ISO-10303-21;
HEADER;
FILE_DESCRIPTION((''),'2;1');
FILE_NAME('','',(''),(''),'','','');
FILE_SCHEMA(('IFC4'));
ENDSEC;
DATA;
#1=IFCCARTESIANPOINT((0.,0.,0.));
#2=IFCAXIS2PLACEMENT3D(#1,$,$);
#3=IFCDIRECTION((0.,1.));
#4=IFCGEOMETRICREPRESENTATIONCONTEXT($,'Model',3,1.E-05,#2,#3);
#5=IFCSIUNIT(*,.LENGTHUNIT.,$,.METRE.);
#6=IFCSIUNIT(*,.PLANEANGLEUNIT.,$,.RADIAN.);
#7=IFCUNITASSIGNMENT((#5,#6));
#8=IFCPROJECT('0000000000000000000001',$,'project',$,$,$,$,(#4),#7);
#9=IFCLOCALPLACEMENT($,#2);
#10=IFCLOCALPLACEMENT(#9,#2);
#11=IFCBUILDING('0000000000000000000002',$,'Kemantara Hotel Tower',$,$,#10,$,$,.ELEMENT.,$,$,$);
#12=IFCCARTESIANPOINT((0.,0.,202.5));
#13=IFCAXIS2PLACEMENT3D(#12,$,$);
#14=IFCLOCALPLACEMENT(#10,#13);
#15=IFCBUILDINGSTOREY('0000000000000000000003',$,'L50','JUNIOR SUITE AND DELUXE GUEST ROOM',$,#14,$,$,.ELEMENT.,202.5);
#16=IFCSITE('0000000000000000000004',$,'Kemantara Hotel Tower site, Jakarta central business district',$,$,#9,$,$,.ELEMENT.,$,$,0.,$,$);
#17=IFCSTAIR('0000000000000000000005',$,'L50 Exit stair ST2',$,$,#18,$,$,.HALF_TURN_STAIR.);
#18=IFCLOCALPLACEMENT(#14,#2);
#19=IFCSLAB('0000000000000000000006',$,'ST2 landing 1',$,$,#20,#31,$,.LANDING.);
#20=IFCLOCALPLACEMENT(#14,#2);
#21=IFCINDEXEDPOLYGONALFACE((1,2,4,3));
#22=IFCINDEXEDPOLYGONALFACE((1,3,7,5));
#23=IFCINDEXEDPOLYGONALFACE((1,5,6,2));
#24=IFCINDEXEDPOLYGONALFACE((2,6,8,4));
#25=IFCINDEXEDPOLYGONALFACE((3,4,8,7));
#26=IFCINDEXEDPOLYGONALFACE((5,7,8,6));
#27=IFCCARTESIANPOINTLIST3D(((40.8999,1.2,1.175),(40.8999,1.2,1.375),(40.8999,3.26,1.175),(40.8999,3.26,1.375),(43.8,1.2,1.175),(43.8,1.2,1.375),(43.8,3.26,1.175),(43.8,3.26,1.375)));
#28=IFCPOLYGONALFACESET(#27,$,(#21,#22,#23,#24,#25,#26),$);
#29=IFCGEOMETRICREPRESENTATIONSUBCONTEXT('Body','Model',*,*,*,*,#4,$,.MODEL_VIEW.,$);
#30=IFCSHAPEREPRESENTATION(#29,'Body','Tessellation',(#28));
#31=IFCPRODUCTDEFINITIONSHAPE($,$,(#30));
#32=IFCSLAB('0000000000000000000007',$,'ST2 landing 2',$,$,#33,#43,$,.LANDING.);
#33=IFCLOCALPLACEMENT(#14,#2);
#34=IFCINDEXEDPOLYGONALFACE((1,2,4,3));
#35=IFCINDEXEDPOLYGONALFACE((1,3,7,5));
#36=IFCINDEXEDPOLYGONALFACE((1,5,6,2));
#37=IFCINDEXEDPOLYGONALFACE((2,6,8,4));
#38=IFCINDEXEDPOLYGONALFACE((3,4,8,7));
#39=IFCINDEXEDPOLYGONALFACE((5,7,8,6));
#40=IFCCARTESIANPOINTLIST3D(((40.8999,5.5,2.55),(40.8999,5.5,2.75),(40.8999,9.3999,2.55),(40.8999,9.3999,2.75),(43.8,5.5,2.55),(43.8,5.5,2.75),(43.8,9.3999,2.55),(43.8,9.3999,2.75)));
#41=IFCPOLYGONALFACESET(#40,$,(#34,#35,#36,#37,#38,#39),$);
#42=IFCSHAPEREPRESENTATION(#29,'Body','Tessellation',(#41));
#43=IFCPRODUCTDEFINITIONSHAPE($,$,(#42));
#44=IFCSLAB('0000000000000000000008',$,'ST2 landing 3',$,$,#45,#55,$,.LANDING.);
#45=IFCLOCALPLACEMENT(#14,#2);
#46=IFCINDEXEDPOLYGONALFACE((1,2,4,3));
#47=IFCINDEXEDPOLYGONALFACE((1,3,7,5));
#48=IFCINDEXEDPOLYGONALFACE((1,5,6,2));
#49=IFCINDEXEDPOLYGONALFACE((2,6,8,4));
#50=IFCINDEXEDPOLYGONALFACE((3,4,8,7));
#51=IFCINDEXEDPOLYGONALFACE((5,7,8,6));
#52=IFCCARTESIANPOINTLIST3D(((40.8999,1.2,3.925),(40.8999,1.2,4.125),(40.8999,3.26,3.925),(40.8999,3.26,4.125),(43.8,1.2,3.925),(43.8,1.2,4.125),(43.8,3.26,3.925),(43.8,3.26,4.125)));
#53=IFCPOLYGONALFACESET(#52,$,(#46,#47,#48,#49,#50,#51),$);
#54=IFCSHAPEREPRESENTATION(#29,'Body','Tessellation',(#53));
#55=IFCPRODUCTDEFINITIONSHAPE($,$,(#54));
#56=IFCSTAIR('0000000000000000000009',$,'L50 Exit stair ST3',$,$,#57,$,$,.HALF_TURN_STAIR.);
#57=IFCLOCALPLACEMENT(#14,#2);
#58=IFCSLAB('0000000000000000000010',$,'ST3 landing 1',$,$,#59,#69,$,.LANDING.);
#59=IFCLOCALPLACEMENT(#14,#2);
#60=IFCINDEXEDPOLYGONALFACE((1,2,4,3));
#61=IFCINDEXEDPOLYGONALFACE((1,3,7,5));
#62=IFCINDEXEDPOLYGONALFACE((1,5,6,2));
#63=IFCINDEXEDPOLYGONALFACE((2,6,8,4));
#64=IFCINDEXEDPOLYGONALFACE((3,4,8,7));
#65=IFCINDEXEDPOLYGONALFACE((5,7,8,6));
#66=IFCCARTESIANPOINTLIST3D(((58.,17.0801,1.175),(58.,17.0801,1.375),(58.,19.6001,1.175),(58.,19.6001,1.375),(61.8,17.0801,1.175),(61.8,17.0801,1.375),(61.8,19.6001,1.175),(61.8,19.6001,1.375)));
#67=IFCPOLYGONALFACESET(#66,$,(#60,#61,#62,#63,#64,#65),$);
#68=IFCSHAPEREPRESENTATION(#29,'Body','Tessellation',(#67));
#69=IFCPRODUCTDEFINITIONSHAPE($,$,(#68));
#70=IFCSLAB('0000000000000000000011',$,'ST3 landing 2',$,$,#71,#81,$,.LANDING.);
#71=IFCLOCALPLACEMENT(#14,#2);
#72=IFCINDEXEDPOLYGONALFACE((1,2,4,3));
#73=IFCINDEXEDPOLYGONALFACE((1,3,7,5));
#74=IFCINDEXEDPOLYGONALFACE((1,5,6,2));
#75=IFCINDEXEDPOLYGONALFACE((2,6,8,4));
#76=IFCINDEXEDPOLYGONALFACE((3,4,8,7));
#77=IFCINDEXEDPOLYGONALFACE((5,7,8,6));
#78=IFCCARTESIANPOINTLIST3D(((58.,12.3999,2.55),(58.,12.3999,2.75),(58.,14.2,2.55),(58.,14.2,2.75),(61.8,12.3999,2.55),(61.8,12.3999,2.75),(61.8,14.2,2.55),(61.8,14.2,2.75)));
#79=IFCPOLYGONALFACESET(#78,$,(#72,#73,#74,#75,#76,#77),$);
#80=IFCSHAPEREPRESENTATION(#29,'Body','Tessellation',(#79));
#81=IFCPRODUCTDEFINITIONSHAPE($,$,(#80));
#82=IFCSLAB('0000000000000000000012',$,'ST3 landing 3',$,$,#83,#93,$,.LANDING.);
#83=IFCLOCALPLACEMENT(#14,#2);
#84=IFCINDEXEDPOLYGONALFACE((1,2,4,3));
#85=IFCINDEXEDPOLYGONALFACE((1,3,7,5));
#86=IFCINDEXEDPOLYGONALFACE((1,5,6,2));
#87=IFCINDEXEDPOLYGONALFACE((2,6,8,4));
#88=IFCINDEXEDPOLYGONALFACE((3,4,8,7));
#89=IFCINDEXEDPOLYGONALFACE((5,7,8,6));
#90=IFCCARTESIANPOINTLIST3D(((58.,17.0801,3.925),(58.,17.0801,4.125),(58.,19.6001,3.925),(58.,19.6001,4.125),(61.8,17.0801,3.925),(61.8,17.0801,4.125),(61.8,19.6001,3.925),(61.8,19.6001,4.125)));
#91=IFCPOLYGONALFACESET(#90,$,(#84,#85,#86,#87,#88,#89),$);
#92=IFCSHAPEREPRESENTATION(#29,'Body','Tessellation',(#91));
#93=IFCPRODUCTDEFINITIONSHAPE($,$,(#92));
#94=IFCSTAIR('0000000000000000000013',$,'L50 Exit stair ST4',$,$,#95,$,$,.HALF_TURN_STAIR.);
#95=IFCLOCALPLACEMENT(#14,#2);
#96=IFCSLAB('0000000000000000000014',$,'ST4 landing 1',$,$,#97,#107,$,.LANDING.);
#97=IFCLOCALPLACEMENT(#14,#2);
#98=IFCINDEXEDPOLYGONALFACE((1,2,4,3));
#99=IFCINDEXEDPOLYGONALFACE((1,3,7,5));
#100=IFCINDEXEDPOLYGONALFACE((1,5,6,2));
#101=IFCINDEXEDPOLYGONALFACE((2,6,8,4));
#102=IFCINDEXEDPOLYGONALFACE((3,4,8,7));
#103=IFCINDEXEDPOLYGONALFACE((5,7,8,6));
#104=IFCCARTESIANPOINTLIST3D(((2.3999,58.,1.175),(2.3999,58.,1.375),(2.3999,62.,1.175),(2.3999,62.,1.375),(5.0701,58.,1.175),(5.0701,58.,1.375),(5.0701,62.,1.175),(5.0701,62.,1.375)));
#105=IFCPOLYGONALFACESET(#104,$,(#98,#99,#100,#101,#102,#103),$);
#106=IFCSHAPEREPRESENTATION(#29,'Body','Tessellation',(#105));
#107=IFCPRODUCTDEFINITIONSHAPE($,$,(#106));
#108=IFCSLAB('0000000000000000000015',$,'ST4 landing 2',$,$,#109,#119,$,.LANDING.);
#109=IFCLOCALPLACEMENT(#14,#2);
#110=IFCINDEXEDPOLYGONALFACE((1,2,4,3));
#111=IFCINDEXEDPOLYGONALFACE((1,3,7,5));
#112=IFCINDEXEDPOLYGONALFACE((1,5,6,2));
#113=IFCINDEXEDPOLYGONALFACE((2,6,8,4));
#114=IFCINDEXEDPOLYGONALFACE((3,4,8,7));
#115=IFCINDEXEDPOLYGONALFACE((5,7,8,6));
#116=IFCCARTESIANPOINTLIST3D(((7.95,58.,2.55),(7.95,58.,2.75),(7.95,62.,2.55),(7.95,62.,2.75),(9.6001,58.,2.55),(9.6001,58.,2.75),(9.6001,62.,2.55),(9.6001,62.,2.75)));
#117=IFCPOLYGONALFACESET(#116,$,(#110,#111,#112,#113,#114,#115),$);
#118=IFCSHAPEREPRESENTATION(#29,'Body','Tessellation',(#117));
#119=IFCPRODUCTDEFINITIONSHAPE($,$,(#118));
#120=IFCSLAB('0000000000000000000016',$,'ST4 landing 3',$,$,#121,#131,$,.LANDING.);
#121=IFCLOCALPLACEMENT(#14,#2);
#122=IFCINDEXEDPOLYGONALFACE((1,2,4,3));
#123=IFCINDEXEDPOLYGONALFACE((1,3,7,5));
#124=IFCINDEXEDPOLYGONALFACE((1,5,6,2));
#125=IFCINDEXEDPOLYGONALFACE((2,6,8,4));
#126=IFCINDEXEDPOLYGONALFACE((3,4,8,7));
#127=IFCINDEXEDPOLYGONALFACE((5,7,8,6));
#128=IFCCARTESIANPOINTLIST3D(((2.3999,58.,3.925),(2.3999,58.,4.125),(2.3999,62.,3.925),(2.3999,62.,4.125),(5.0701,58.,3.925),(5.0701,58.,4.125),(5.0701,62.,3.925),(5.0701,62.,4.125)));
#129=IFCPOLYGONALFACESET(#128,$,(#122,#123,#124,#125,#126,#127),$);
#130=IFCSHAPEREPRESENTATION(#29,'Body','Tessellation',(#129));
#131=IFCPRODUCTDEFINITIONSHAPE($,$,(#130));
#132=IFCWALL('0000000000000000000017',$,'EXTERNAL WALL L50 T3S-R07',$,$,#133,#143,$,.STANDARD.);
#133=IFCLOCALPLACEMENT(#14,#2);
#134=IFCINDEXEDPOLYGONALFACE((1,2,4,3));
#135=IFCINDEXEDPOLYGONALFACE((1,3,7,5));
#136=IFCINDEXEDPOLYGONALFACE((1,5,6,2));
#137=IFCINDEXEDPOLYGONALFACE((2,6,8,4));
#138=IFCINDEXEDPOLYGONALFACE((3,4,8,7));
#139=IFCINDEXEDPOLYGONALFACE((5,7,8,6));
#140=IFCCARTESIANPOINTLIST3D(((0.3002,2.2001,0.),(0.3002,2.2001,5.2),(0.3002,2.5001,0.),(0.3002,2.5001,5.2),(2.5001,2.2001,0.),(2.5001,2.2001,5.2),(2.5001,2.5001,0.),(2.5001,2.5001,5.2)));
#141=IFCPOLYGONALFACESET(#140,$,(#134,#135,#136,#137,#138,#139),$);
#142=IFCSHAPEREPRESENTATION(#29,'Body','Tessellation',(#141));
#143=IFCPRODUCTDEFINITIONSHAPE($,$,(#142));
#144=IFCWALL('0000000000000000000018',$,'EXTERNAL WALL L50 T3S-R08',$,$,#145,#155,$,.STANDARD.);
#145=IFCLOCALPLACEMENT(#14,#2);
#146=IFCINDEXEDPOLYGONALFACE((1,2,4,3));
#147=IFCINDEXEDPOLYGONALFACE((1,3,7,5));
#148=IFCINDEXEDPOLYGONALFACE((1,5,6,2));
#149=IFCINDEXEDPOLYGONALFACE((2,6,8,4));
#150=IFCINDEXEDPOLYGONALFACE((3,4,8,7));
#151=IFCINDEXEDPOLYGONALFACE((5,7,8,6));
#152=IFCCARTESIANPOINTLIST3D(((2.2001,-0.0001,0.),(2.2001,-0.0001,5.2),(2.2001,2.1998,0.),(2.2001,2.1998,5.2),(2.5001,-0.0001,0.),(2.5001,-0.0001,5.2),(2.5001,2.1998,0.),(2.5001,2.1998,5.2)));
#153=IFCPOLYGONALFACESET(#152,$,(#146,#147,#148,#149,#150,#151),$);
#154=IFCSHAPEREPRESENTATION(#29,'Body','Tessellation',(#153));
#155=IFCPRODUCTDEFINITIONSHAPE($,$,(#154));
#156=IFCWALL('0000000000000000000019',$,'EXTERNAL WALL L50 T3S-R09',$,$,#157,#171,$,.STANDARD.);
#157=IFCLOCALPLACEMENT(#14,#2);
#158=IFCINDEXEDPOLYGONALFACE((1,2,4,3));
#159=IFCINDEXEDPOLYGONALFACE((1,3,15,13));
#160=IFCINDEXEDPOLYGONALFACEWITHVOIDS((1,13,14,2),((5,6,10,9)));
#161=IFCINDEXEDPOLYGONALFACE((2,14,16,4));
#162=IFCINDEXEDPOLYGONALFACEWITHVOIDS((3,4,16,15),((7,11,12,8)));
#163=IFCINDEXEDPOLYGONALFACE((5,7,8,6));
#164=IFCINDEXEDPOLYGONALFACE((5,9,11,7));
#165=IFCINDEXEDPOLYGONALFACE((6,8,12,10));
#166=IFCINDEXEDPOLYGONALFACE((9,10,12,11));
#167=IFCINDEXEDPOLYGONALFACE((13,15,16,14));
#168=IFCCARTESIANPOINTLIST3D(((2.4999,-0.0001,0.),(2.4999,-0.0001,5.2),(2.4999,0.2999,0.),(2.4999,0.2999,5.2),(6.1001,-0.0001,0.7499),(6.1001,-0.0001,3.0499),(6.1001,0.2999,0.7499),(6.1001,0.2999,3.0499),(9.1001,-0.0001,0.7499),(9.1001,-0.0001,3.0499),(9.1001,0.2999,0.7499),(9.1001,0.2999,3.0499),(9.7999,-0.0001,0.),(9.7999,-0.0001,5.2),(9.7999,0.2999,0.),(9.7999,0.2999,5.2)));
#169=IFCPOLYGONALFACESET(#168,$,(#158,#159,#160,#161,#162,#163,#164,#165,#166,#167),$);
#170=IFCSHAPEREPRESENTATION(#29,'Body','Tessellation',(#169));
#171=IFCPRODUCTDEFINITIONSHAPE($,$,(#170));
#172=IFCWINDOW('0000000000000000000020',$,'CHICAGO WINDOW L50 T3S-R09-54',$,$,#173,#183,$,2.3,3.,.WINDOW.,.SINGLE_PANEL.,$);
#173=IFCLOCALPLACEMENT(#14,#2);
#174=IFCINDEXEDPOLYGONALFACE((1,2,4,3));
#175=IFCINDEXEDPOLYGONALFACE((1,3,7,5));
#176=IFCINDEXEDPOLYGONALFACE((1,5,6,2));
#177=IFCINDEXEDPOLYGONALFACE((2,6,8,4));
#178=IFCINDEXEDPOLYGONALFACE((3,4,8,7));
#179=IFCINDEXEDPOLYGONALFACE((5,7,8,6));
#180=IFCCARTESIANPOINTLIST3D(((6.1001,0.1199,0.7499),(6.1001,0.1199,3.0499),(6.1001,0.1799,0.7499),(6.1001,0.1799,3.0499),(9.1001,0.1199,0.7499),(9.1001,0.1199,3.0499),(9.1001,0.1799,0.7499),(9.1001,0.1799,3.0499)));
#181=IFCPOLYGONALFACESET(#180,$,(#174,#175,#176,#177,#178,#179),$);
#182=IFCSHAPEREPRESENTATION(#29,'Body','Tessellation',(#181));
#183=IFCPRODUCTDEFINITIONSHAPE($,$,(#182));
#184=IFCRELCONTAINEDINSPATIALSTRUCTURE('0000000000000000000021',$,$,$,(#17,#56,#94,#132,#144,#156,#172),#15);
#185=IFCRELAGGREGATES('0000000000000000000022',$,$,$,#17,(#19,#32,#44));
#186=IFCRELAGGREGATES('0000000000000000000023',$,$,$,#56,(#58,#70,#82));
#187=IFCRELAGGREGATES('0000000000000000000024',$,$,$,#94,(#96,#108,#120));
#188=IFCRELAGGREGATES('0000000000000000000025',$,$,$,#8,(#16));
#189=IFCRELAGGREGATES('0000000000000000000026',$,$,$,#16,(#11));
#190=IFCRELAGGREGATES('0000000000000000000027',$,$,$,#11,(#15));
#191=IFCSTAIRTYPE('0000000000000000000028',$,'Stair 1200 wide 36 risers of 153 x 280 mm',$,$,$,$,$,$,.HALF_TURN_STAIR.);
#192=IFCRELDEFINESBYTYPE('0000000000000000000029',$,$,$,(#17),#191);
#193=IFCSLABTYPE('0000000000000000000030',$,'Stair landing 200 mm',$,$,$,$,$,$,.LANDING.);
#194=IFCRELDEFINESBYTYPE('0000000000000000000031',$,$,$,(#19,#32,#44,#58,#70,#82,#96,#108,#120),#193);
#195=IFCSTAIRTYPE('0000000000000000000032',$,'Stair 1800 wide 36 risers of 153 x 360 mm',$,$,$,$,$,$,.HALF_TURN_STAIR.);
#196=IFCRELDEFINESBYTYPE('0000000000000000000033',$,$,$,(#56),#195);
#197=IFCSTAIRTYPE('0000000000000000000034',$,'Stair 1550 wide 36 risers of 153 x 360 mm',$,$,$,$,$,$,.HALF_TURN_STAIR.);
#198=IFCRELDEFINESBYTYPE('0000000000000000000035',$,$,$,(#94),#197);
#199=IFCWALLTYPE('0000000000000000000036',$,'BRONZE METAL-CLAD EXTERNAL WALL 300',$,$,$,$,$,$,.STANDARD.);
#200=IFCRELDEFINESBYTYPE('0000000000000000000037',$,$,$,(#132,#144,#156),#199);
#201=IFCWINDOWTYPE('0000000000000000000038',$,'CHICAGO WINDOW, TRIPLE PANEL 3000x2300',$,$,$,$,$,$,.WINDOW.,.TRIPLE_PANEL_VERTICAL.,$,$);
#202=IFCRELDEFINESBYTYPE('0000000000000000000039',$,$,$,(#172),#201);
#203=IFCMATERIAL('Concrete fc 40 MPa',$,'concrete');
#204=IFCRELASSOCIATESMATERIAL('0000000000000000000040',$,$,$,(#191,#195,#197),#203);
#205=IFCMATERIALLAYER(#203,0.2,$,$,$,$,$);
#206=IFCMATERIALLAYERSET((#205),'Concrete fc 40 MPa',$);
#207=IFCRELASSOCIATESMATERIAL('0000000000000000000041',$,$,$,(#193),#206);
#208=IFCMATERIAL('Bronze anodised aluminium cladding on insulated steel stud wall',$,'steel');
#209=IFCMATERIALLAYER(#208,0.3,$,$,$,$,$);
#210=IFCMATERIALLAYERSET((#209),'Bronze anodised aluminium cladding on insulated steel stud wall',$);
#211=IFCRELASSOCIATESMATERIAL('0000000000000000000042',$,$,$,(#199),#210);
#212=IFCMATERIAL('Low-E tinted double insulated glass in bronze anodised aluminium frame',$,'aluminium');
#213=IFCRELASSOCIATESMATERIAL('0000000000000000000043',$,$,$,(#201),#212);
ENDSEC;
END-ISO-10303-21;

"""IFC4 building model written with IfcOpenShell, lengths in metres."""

from ifc_helpers import new_model, si_unit, direction, frame, frame_2d, origin, place, context, subcontext, project, spatial, polyline, rectangle, outline, extrude, material, layer, layer_set, type_object, element, fill, aggregate, save


model = new_model("IFC4")

# Units and contexts
model_context = context("Model", 3, precision=1e-05, world=origin(), true_north=direction((0.0, 1.0)))
body_context = subcontext(model_context, "Body", "Model", "MODEL_VIEW")
ifc_project = project(units=[si_unit("LENGTHUNIT", "METRE"), si_unit("PLANEANGLEUNIT", "RADIAN")], contexts=[model_context])

# Site, building, storey
site_placement = place(None, origin())
site = spatial("IfcSite", under=ifc_project, at=site_placement, Name="Kemantara Hotel Tower site, Jakarta central business district", CompositionType="ELEMENT", RefElevation=0.0)
building_placement = place(site_placement, origin())
building = spatial("IfcBuilding", under=site, at=building_placement, Name="Kemantara Hotel Tower", CompositionType="ELEMENT")
storey_placement = place(building_placement, frame((0.0, 0.0, 202.5)))
storey = spatial("IfcBuildingStorey", under=building, at=storey_placement, Name="L50", Description="JUNIOR SUITE AND DELUXE GUEST ROOM", CompositionType="ELEMENT", Elevation=202.5)

# Shared definitions
ifc_material_1 = material(Name="Concrete fc 40 MPa", Category="concrete")

# Stairs, slabs
stair_type_1 = type_object("IfcStairType", Name="Stair 1200 wide 36 risers of 153 x 280 mm", PredefinedType="HALF_TURN_STAIR", material=ifc_material_1)
ifc_layer_1 = layer(ifc_material_1, 0.2)
ifc_layer_set_1 = layer_set([ifc_layer_1], Name="Concrete fc 40 MPa")
slab_type_1 = type_object("IfcSlabType", Name="Stair landing 200 mm", PredefinedType="LANDING", material=ifc_layer_set_1)
stair_1_placement = place(storey_placement, origin())
stair_1 = element("IfcStair", 1, at=stair_1_placement, inside=storey, type_object=stair_type_1, Name="L50 Exit stair ST2", PredefinedType="HALF_TURN_STAIR")
slab_1_placement = place(storey_placement, frame((0.0, 0.0, 1.175)))
slab_1 = element("IfcSlab", 2, at=slab_1_placement, type_object=slab_type_1, Name="ST2 landing 1", PredefinedType="LANDING", context=body_context, shape_type="SweptSolid", body=[
    extrude(outline(polyline([(40.8999, 3.26), (40.8999, 1.2), (43.8, 1.2), (43.8, 3.26), (40.8999, 3.26)])), origin(), (0.0, 0.0, 1.0), 0.2),
])
slab_2_placement = place(storey_placement, frame((0.0, 0.0, 2.55)))
slab_2 = element("IfcSlab", 3, at=slab_2_placement, type_object=slab_type_1, Name="ST2 landing 2", PredefinedType="LANDING", context=body_context, shape_type="SweptSolid", body=[
    extrude(outline(polyline([(40.8999, 9.3999), (40.8999, 5.5), (43.8, 5.5), (43.8, 9.3999), (40.8999, 9.3999)])), origin(), (0.0, 0.0, 1.0), 0.2),
])
slab_3_placement = place(storey_placement, frame((0.0, 0.0, 3.925)))
slab_3 = element("IfcSlab", 4, at=slab_3_placement, type_object=slab_type_1, Name="ST2 landing 3", PredefinedType="LANDING", context=body_context, shape_type="SweptSolid", body=[
    extrude(outline(polyline([(40.8999, 3.26), (40.8999, 1.2), (43.8, 1.2), (43.8, 3.26), (40.8999, 3.26)])), origin(), (0.0, 0.0, 1.0), 0.2),
])
aggregate(stair_1, [slab_1, slab_2, slab_3])
stair_type_2 = type_object("IfcStairType", Name="Stair 1800 wide 36 risers of 153 x 360 mm", PredefinedType="HALF_TURN_STAIR", material=ifc_material_1)
stair_2_placement = place(storey_placement, origin())
stair_2 = element("IfcStair", 5, at=stair_2_placement, inside=storey, type_object=stair_type_2, Name="L50 Exit stair ST3", PredefinedType="HALF_TURN_STAIR")
slab_4_placement = place(storey_placement, frame((0.0, 0.0, 1.175)))
slab_4 = element("IfcSlab", 6, at=slab_4_placement, type_object=slab_type_1, Name="ST3 landing 1", PredefinedType="LANDING", context=body_context, shape_type="SweptSolid", body=[
    extrude(outline(polyline([(61.8, 17.0801), (61.8, 19.6001), (58.0, 19.6001), (58.0, 17.0801), (61.8, 17.0801)])), origin(), (0.0, 0.0, 1.0), 0.2),
])
slab_5_placement = place(storey_placement, frame((0.0, 0.0, 2.55)))
slab_5 = element("IfcSlab", 7, at=slab_5_placement, type_object=slab_type_1, Name="ST3 landing 2", PredefinedType="LANDING", context=body_context, shape_type="SweptSolid", body=[
    extrude(outline(polyline([(61.8, 12.3999), (61.8, 14.2), (58.0, 14.2), (58.0, 12.3999), (61.8, 12.3999)])), origin(), (0.0, 0.0, 1.0), 0.2),
])
slab_6_placement = place(storey_placement, frame((0.0, 0.0, 3.925)))
slab_6 = element("IfcSlab", 8, at=slab_6_placement, type_object=slab_type_1, Name="ST3 landing 3", PredefinedType="LANDING", context=body_context, shape_type="SweptSolid", body=[
    extrude(outline(polyline([(61.8, 17.0801), (61.8, 19.6001), (58.0, 19.6001), (58.0, 17.0801), (61.8, 17.0801)])), origin(), (0.0, 0.0, 1.0), 0.2),
])
aggregate(stair_2, [slab_4, slab_5, slab_6])
stair_type_3 = type_object("IfcStairType", Name="Stair 1550 wide 36 risers of 153 x 360 mm", PredefinedType="HALF_TURN_STAIR", material=ifc_material_1)
stair_3_placement = place(storey_placement, origin())
stair_3 = element("IfcStair", 9, at=stair_3_placement, inside=storey, type_object=stair_type_3, Name="L50 Exit stair ST4", PredefinedType="HALF_TURN_STAIR")
slab_7_placement = place(storey_placement, frame((0.0, 0.0, 1.175)))
slab_7 = element("IfcSlab", 10, at=slab_7_placement, type_object=slab_type_1, Name="ST4 landing 1", PredefinedType="LANDING", context=body_context, shape_type="SweptSolid", body=[
    extrude(outline(polyline([(5.0701, 62.0), (2.3999, 62.0), (2.3999, 58.0), (5.0701, 58.0), (5.0701, 62.0)])), origin(), (0.0, 0.0, 1.0), 0.2),
])
slab_8_placement = place(storey_placement, frame((0.0, 0.0, 2.55)))
slab_8 = element("IfcSlab", 11, at=slab_8_placement, type_object=slab_type_1, Name="ST4 landing 2", PredefinedType="LANDING", context=body_context, shape_type="SweptSolid", body=[
    extrude(outline(polyline([(9.6001, 62.0), (7.95, 62.0), (7.95, 58.0), (9.6001, 58.0), (9.6001, 62.0)])), origin(), (0.0, 0.0, 1.0), 0.2),
])
slab_9_placement = place(storey_placement, frame((0.0, 0.0, 3.925)))
slab_9 = element("IfcSlab", 12, at=slab_9_placement, type_object=slab_type_1, Name="ST4 landing 3", PredefinedType="LANDING", context=body_context, shape_type="SweptSolid", body=[
    extrude(outline(polyline([(5.0701, 62.0), (2.3999, 62.0), (2.3999, 58.0), (5.0701, 58.0), (5.0701, 62.0)])), origin(), (0.0, 0.0, 1.0), 0.2),
])
aggregate(stair_3, [slab_7, slab_8, slab_9])

# Walls
ifc_material_2 = material(Name="Bronze anodised aluminium cladding on insulated steel stud wall", Category="steel")
ifc_layer_2 = layer(ifc_material_2, 0.3)
ifc_layer_set_2 = layer_set([ifc_layer_2], Name="Bronze anodised aluminium cladding on insulated steel stud wall")
wall_type = type_object("IfcWallType", Name="BRONZE METAL-CLAD EXTERNAL WALL 300", PredefinedType="STANDARD", material=ifc_layer_set_2)
for number, where, z_axis, x_axis, name in (
    (13, (0.3, 2.3501, 0.0), (0.0, 0.0, 1.0), (1.0, 0.0, 0.0), "EXTERNAL WALL L50 T3S-R07"),
    (14, (2.3501, 2.2, 0.0), (0.0, 0.0, 1.0), (0.0, -1.0, 0.0), "EXTERNAL WALL L50 T3S-R08"),
):
    element("IfcWall", number, at=place(storey_placement, frame(where, z_axis=z_axis, x_axis=x_axis)), inside=storey, type_object=wall_type, Name=name, PredefinedType="STANDARD", context=body_context, shape_type="SweptSolid", body=[
        extrude(rectangle(XDim=2.2, YDim=0.3, at=frame_2d((1.1001, 0.0))), origin(), (0.0, 0.0, 1.0), 5.2),
    ])

# Wall, opening, window
wall_placement = place(storey_placement, frame((2.5, 0.1499, 0.0), z_axis=(0.0, 0.0, 1.0), x_axis=(1.0, 0.0, 0.0)))
wall = element("IfcWall", 15, at=wall_placement, inside=storey, type_object=wall_type, Name="EXTERNAL WALL L50 T3S-R09", PredefinedType="STANDARD", context=body_context, shape_type="SweptSolid", body=[
    extrude(rectangle(XDim=7.3, YDim=0.3, at=frame_2d((3.6499, 0.0))), origin(), (0.0, 0.0, 1.0), 5.2),
])
opening_placement = place(wall_placement, frame((3.6001, 0.0, 0.75)))
opening = element("IfcOpeningElement", 16, at=opening_placement, cuts=wall, PredefinedType="OPENING", context=body_context, shape_type="SweptSolid", body=[
    extrude(rectangle(XDim=3.0, YDim=2.3, at=frame_2d((1.5, 1.1499))), frame((0.0, 0.1599, 0.0), z_axis=(0.0, -1.0, 0.0), x_axis=(1.0, 0.0, 0.0)), (0.0, 0.0, 1.0), 0.3201),
])
ifc_material_3 = material(Name="Low-E tinted double insulated glass in bronze anodised aluminium frame", Category="aluminium")
window_type = type_object("IfcWindowType", Name="CHICAGO WINDOW, TRIPLE PANEL 3000x2300", PartitioningType="TRIPLE_PANEL_VERTICAL", PredefinedType="WINDOW", material=ifc_material_3)
window_placement = place(opening_placement, origin())
window = element("IfcWindow", 17, at=window_placement, inside=storey, type_object=window_type, Name="CHICAGO WINDOW L50 T3S-R09-54", OverallHeight=2.3, OverallWidth=3.0, PartitioningType="SINGLE_PANEL", PredefinedType="WINDOW", context=body_context, shape_type="SweptSolid", body=[
    extrude(rectangle(XDim=3.0, YDim=2.3, at=frame_2d((1.5, 1.1499))), frame((0.0, 0.03, 0.0), z_axis=(0.0, -1.0, 0.0), x_axis=(1.0, 0.0, 0.0)), (0.0, 0.0, 1.0), 0.0601),
])
fill(opening, window)

save(model, "model.ifc")
